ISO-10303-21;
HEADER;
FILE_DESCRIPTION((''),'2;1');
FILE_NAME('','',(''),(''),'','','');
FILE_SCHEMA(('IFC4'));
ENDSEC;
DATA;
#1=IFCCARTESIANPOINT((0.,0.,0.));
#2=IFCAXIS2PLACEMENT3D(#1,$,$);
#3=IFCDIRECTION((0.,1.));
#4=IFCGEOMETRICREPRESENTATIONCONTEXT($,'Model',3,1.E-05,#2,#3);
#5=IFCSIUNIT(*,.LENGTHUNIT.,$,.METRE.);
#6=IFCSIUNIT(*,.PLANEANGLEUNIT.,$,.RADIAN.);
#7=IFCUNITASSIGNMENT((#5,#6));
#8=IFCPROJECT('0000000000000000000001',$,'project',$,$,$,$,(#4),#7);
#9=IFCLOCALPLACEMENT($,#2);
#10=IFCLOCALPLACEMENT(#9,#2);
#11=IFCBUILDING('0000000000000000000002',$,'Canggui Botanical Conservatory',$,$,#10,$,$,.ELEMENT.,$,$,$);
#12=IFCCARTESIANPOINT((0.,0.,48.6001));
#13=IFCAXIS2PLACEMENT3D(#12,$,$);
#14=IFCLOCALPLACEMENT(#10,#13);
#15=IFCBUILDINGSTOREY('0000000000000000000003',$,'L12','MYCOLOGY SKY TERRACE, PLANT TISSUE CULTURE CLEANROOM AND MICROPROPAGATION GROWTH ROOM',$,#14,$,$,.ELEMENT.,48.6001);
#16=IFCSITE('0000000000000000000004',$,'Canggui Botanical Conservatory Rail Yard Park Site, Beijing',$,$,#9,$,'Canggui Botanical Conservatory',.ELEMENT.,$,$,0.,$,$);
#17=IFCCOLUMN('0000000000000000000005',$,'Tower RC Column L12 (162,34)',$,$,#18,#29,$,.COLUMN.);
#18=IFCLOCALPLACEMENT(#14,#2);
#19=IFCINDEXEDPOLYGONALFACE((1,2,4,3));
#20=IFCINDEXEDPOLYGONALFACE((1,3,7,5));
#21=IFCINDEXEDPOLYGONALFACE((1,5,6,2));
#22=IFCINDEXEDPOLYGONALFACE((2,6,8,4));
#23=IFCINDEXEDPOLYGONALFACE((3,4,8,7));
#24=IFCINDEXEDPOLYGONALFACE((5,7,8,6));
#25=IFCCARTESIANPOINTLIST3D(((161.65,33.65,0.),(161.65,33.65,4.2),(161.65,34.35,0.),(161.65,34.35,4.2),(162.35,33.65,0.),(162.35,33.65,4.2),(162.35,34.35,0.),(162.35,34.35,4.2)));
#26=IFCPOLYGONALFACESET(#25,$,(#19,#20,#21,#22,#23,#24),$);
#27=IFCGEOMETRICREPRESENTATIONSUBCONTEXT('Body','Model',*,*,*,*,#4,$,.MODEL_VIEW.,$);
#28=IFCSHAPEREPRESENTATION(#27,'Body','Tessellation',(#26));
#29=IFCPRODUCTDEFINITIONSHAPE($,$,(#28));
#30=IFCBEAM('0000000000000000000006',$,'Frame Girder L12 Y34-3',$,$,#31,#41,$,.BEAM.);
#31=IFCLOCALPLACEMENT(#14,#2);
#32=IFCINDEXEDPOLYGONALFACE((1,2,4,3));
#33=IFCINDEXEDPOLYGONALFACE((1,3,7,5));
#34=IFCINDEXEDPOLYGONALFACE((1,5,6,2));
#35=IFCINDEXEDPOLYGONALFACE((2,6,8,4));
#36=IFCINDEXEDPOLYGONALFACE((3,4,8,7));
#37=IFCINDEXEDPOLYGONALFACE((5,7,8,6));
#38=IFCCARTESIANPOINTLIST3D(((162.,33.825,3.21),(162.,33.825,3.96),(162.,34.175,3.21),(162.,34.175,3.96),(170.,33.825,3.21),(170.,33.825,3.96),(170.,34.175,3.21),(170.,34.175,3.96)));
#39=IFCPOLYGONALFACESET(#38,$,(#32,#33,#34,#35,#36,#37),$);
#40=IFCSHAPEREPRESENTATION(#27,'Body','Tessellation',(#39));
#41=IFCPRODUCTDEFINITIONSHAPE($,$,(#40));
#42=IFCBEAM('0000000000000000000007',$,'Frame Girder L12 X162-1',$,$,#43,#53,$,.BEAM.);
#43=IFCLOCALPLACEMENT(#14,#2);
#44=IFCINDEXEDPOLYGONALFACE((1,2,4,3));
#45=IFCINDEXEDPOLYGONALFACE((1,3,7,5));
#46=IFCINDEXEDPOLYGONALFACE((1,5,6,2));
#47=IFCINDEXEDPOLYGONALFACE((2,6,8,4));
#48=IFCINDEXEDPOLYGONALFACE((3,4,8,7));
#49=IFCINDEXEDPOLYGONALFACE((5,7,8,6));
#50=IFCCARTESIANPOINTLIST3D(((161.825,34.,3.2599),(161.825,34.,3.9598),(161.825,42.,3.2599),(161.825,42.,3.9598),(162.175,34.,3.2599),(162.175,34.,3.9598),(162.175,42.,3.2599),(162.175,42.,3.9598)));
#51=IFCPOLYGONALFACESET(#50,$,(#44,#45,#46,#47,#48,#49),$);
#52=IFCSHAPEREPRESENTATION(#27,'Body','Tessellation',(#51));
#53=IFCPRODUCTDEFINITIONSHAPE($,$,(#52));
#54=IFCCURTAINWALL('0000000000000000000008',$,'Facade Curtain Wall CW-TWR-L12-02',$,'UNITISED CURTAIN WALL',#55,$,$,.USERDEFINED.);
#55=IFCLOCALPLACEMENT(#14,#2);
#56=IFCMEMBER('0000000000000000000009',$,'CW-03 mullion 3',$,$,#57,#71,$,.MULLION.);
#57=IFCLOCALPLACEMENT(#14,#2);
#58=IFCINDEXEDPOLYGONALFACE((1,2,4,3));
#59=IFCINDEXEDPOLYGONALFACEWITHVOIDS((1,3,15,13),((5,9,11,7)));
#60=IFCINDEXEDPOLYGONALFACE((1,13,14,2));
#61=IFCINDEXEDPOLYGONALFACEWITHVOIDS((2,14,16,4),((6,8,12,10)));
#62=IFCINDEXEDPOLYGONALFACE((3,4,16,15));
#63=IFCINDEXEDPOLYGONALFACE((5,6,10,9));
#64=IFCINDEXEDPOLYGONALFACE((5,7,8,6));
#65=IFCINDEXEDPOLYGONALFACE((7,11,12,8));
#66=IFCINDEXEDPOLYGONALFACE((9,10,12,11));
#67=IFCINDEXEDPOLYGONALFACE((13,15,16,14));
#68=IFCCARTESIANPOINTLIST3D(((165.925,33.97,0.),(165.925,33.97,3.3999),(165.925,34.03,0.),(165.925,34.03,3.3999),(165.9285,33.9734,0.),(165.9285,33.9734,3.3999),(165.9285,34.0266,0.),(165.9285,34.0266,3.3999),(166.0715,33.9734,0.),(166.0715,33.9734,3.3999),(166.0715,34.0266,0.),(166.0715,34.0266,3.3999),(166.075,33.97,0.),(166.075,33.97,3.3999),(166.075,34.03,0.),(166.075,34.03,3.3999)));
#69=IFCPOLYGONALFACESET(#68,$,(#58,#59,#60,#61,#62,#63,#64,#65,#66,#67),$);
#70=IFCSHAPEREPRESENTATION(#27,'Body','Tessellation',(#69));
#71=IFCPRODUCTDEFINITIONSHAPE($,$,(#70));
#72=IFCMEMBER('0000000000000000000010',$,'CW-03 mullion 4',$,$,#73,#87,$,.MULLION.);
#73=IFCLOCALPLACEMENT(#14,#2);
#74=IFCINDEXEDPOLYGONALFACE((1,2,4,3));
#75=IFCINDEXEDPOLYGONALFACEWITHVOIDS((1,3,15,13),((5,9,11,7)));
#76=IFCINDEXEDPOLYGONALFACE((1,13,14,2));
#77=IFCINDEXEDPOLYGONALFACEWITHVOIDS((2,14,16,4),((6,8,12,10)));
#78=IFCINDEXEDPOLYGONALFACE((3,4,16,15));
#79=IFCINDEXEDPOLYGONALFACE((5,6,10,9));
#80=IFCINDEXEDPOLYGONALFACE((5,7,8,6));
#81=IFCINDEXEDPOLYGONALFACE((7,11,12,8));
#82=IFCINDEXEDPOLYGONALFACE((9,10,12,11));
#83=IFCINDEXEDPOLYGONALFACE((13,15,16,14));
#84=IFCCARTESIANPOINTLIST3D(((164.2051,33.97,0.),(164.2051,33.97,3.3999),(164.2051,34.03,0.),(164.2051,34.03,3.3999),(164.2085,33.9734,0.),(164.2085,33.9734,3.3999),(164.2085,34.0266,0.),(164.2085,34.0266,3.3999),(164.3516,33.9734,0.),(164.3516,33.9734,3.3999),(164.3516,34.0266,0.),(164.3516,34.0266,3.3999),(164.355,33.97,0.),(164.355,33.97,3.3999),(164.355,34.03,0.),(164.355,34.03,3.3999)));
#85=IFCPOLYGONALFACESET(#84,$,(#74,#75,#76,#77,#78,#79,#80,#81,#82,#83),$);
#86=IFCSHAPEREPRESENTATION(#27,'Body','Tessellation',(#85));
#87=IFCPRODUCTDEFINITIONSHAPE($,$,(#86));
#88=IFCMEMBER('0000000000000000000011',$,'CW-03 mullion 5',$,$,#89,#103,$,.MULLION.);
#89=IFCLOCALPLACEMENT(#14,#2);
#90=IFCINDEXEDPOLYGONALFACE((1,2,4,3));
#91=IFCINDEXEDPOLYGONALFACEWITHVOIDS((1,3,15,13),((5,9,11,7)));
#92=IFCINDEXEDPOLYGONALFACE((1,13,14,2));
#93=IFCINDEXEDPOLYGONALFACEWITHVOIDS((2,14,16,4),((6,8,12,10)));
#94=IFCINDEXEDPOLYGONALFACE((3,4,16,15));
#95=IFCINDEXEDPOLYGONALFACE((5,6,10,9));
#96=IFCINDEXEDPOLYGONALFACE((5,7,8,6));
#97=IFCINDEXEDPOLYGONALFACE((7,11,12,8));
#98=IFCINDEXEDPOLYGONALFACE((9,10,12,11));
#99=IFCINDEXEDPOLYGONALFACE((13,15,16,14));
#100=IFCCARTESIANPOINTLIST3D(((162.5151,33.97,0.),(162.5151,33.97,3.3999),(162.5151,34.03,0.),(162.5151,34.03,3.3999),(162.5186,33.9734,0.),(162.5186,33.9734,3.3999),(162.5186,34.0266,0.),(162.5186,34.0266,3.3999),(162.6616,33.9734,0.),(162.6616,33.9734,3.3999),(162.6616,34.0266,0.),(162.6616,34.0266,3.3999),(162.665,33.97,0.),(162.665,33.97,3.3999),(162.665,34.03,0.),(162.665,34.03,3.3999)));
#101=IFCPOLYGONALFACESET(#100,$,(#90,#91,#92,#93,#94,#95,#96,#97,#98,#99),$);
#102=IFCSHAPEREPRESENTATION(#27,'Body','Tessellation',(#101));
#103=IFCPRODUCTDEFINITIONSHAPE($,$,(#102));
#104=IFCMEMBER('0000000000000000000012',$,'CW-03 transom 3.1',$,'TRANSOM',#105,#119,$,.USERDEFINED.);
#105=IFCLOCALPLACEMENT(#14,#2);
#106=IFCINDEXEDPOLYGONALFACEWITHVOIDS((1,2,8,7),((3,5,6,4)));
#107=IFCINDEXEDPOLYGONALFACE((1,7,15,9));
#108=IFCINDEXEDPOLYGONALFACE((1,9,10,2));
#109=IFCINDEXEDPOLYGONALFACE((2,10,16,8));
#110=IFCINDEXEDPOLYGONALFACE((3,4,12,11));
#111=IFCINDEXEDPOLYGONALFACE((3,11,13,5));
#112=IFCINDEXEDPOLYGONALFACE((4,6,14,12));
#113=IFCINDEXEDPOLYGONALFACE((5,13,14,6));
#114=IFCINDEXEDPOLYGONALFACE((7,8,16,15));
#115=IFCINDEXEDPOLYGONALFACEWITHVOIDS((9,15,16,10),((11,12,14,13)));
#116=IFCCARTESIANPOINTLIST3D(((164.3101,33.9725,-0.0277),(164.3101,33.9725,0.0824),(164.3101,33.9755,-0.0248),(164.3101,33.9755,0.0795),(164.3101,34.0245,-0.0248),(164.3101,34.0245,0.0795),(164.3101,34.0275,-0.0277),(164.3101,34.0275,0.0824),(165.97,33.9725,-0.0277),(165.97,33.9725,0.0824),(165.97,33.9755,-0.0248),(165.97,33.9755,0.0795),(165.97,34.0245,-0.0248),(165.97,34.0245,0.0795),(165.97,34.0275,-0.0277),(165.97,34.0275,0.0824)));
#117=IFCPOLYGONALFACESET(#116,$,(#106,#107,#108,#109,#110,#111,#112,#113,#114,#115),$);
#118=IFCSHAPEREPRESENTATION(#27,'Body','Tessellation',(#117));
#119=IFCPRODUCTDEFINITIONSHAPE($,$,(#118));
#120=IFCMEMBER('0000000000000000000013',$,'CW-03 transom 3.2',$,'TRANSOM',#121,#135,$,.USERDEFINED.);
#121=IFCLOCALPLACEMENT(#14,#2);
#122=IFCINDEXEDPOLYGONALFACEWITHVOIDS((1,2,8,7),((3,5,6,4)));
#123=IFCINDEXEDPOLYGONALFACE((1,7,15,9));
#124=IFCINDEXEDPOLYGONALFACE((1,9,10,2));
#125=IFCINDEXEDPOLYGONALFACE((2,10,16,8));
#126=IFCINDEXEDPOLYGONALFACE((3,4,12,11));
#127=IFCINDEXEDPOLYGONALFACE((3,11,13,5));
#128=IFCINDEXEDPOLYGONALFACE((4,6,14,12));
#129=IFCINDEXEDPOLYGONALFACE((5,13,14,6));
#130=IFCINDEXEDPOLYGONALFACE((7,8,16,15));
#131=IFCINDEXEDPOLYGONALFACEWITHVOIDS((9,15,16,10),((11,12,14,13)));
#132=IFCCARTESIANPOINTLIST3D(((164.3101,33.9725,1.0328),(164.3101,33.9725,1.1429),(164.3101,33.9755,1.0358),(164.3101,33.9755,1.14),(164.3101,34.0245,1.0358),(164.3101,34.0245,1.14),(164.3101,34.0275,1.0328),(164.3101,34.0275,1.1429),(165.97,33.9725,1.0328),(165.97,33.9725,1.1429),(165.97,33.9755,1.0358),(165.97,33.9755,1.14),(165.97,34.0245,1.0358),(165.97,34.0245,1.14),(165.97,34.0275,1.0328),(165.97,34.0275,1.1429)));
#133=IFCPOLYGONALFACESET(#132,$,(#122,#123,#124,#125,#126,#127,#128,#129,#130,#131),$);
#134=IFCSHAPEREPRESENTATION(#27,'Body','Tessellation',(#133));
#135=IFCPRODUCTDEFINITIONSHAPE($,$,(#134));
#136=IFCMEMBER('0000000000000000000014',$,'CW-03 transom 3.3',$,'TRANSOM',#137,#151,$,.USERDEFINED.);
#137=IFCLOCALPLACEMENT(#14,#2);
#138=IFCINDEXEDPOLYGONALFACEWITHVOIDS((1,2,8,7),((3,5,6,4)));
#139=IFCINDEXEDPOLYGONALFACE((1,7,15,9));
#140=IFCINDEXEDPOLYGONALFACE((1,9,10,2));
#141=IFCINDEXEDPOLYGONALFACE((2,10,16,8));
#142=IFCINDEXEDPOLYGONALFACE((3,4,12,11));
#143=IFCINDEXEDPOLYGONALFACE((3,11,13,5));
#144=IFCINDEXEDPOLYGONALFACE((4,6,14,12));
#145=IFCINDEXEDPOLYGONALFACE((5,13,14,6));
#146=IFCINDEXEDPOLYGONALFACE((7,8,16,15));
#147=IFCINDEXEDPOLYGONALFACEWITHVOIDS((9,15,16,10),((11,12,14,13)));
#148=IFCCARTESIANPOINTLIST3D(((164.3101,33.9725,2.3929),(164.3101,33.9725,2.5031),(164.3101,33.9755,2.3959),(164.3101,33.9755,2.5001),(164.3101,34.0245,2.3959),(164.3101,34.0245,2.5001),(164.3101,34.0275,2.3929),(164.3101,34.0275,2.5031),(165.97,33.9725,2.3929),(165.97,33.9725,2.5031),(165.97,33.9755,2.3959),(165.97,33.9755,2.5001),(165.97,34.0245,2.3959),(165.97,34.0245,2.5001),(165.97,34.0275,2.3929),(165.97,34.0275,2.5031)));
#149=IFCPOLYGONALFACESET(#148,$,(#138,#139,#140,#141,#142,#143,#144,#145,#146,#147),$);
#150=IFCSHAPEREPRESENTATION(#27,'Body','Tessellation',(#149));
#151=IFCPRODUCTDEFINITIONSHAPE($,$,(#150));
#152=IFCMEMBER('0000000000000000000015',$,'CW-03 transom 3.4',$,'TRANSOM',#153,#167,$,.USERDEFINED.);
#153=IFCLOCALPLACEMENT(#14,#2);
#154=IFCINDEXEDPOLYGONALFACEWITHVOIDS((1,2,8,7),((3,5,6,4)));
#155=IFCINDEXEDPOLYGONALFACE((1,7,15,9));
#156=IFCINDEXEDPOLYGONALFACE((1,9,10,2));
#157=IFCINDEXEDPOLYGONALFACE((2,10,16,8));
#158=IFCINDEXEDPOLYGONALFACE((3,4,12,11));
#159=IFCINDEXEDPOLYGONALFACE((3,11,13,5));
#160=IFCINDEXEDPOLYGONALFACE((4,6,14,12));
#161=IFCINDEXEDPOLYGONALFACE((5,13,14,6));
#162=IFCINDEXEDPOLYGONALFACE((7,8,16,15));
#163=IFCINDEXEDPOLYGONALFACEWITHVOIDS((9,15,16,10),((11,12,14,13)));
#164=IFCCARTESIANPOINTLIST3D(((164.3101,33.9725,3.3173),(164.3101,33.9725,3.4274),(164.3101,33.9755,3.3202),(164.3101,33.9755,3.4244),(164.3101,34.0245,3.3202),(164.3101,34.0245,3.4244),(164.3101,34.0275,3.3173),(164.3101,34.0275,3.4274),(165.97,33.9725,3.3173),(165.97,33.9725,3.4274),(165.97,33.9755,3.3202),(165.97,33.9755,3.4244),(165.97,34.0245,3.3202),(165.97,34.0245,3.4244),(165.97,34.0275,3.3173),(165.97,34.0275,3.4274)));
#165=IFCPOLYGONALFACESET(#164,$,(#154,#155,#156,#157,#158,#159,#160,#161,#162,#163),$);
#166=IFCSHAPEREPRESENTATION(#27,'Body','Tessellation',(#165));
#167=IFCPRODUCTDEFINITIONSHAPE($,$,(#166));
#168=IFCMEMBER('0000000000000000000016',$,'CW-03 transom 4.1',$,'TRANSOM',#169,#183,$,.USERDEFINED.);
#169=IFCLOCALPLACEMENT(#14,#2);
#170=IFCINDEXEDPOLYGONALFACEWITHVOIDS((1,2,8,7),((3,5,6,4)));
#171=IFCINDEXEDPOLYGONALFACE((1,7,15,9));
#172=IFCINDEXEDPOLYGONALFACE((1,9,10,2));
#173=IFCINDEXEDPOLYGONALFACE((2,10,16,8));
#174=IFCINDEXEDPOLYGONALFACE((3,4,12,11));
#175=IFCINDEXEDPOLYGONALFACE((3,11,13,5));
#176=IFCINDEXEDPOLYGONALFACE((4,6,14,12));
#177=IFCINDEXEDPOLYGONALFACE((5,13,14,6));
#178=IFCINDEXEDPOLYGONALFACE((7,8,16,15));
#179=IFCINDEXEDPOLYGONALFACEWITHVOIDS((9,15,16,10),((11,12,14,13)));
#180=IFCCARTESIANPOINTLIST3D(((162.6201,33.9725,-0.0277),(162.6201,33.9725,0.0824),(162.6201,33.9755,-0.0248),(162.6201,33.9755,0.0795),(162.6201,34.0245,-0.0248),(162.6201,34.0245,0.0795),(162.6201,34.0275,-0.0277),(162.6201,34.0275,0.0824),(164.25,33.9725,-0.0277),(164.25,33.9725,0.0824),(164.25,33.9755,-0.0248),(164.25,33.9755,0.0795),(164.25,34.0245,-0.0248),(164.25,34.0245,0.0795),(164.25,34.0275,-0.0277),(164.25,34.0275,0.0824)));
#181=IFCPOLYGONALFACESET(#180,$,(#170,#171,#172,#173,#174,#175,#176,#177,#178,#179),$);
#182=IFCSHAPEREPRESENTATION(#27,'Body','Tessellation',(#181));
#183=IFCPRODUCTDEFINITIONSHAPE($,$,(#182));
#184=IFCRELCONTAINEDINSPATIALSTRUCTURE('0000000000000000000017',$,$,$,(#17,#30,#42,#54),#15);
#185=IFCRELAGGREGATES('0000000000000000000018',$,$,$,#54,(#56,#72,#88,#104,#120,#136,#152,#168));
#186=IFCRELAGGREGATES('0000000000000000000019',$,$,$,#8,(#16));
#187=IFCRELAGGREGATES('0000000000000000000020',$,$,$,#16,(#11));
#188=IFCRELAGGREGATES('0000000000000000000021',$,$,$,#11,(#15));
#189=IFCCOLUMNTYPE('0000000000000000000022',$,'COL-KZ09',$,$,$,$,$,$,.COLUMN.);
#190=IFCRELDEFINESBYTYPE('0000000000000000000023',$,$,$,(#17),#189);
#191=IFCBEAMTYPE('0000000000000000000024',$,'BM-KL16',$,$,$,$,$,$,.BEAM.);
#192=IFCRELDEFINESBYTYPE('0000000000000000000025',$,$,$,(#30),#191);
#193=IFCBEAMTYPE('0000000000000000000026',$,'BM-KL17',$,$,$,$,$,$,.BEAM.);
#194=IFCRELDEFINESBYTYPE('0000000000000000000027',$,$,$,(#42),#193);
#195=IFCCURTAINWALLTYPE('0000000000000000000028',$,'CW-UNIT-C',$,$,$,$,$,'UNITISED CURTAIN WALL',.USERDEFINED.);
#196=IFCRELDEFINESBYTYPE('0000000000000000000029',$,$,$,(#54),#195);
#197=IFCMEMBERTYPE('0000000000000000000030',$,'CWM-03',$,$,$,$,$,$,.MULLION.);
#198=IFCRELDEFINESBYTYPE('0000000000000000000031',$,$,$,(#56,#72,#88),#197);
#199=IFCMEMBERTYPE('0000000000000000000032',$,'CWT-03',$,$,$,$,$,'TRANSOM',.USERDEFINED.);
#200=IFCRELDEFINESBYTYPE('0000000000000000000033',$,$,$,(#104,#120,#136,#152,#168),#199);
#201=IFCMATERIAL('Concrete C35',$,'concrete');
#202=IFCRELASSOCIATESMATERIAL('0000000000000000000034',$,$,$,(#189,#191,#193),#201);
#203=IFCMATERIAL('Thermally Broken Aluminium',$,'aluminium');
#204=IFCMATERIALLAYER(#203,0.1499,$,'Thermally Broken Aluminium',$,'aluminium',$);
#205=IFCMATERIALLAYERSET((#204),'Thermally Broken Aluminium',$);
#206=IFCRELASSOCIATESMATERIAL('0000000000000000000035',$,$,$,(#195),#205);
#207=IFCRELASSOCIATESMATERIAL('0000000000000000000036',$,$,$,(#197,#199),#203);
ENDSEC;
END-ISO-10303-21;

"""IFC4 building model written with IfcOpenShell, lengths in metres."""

from ifc_helpers import new_model, si_unit, direction, frame, origin, origin_2d, place, context, subcontext, project, spatial, rectangle, hollow_rectangle, extrude, material, layer, layer_set, material_profile, profile_set, type_object, element, aggregate, save


model = new_model("IFC4")

# Units and contexts
model_context = context("Model", 3, precision=1e-05, world=origin(), true_north=direction((0.0, 1.0)))
body_context = subcontext(model_context, "Body", "Model", "MODEL_VIEW")
ifc_project = project(units=[si_unit("LENGTHUNIT", "METRE"), si_unit("PLANEANGLEUNIT", "RADIAN")], contexts=[model_context])

# Site, building, storey
site_placement = place(None, origin())
site = spatial("IfcSite", under=ifc_project, at=site_placement, Name="Canggui Botanical Conservatory Rail Yard Park Site, Beijing", LongName="Canggui Botanical Conservatory", CompositionType="ELEMENT", RefElevation=0.0)
building_placement = place(site_placement, origin())
building = spatial("IfcBuilding", under=site, at=building_placement, Name="Canggui Botanical Conservatory", CompositionType="ELEMENT")
storey_placement = place(building_placement, frame((0.0, 0.0, 48.6001)))
storey = spatial("IfcBuildingStorey", under=building, at=storey_placement, Name="L12", Description="MYCOLOGY SKY TERRACE, PLANT TISSUE CULTURE CLEANROOM AND MICROPROPAGATION GROWTH ROOM", CompositionType="ELEMENT", Elevation=48.6001)

# Column
ifc_material_1 = material(Name="Concrete C35", Category="concrete")
ifc_material_profile_1 = material_profile(ifc_material_1, rectangle(XDim=0.7, YDim=0.7, at=origin_2d()), Name="RC 700x700")
ifc_profile_set_1 = profile_set([ifc_material_profile_1], Name="Concrete C35")
column_type = type_object("IfcColumnType", Name="COL-KZ09", PredefinedType="COLUMN", material=ifc_profile_set_1)
column_placement = place(storey_placement, frame((162.0, 34.0, 0.0), z_axis=(0.0, 0.0, 1.0), x_axis=(1.0, 0.0, 0.0)))
element("IfcColumn", 1, at=column_placement, inside=storey, type_object=column_type, Name="Tower RC Column L12 (162,34)", PredefinedType="COLUMN", context=body_context, shape_type="SweptSolid", body=[
    extrude(rectangle(XDim=0.7, YDim=0.7, at=origin_2d()), origin(), (0.0, 0.0, 1.0), 4.2),
])

# Beams
ifc_material_profile_2 = material_profile(ifc_material_1, rectangle(XDim=0.3501, YDim=0.75, at=origin_2d()), Name="RB 350x750")
ifc_profile_set_2 = profile_set([ifc_material_profile_2], Name="Concrete C35")
beam_type_1 = type_object("IfcBeamType", Name="BM-KL16", PredefinedType="BEAM", material=ifc_profile_set_2)
beam_1_placement = place(storey_placement, frame((162.0, 34.0, 3.585), z_axis=(1.0, 0.0, 0.0), x_axis=(0.0, 1.0, 0.0)))
element("IfcBeam", 2, at=beam_1_placement, inside=storey, type_object=beam_type_1, Name="Frame Girder L12 Y34-3", PredefinedType="BEAM", context=body_context, shape_type="SweptSolid", body=[
    extrude(rectangle(XDim=0.3501, YDim=0.75, at=origin_2d()), origin(), (0.0, 0.0, 1.0), 8.0),
])
ifc_material_profile_3 = material_profile(ifc_material_1, rectangle(XDim=0.3501, YDim=0.7, at=origin_2d()), Name="RB 350x700")
ifc_profile_set_3 = profile_set([ifc_material_profile_3], Name="Concrete C35")
beam_type_2 = type_object("IfcBeamType", Name="BM-KL17", PredefinedType="BEAM", material=ifc_profile_set_3)
beam_2_placement = place(storey_placement, frame((162.0, 34.0, 3.6099), z_axis=(0.0, 1.0, 0.0), x_axis=(-1.0, 0.0, 0.0)))
element("IfcBeam", 3, at=beam_2_placement, inside=storey, type_object=beam_type_2, Name="Frame Girder L12 X162-1", PredefinedType="BEAM", context=body_context, shape_type="SweptSolid", body=[
    extrude(rectangle(XDim=0.3501, YDim=0.7, at=origin_2d()), origin(), (0.0, 0.0, 1.0), 8.0),
])

# Curtain wall, members
ifc_material_2 = material(Name="Thermally Broken Aluminium", Category="aluminium")
ifc_layer_1 = layer(ifc_material_2, 0.1499, Name="Thermally Broken Aluminium", Category="aluminium")
ifc_layer_set_1 = layer_set([ifc_layer_1], Name="Thermally Broken Aluminium")
curtain_wall_type = type_object("IfcCurtainWallType", Name="CW-UNIT-C", ElementType="UNITISED CURTAIN WALL", PredefinedType="USERDEFINED", material=ifc_layer_set_1)
curtain_wall_placement = place(storey_placement, origin())
curtain_wall = element("IfcCurtainWall", 4, at=curtain_wall_placement, inside=storey, type_object=curtain_wall_type, Name="Facade Curtain Wall CW-TWR-L12-02", ObjectType="UNITISED CURTAIN WALL", PredefinedType="USERDEFINED")
ifc_material_profile_4 = material_profile(ifc_material_2, hollow_rectangle(XDim=0.0601, YDim=0.1499, WallThickness=0.0034, at=origin_2d()), Name="CWM 60x150x3.5")
ifc_profile_set_4 = profile_set([ifc_material_profile_4], Name="Thermally Broken Aluminium")
member_type_1 = type_object("IfcMemberType", Name="CWM-03", PredefinedType="MULLION", material=ifc_profile_set_4)
member_1_placement = place(storey_placement, frame((166.0, 34.0, 0.0), z_axis=(0.0, 0.0, 1.0), x_axis=(0.0, -1.0, 0.0)))
member_1 = element("IfcMember", 5, at=member_1_placement, type_object=member_type_1, Name="CW-03 mullion 3", PredefinedType="MULLION", context=body_context, shape_type="SweptSolid", body=[
    extrude(hollow_rectangle(XDim=0.0601, YDim=0.1499, WallThickness=0.0034, at=origin_2d()), origin(), (0.0, 0.0, 1.0), 3.3999),
])
member_2_placement = place(storey_placement, frame((164.28, 34.0, 0.0), z_axis=(0.0, 0.0, 1.0), x_axis=(0.0, -1.0, 0.0)))
member_2 = element("IfcMember", 6, at=member_2_placement, type_object=member_type_1, Name="CW-03 mullion 4", PredefinedType="MULLION", context=body_context, shape_type="SweptSolid", body=[
    extrude(hollow_rectangle(XDim=0.0601, YDim=0.1499, WallThickness=0.0034, at=origin_2d()), origin(), (0.0, 0.0, 1.0), 3.3999),
])
member_3_placement = place(storey_placement, frame((162.5901, 34.0, 0.0), z_axis=(0.0, 0.0, 1.0), x_axis=(0.0, -1.0, 0.0)))
member_3 = element("IfcMember", 7, at=member_3_placement, type_object=member_type_1, Name="CW-03 mullion 5", PredefinedType="MULLION", context=body_context, shape_type="SweptSolid", body=[
    extrude(hollow_rectangle(XDim=0.0601, YDim=0.1499, WallThickness=0.0034, at=origin_2d()), origin(), (0.0, 0.0, 1.0), 3.3999),
])
ifc_material_profile_5 = material_profile(ifc_material_2, hollow_rectangle(XDim=0.0549, YDim=0.1101, WallThickness=0.0029, at=origin_2d()), Name="CWT 55x110x3")
ifc_profile_set_5 = profile_set([ifc_material_profile_5], Name="Thermally Broken Aluminium")
member_type_2 = type_object("IfcMemberType", Name="CWT-03", ElementType="TRANSOM", PredefinedType="USERDEFINED", material=ifc_profile_set_5)
member_4_placement = place(storey_placement, frame((165.97, 34.0, 0.0273), z_axis=(-1.0, 0.0, 0.0), x_axis=(0.0, -1.0, 0.0)))
member_4 = element("IfcMember", 8, at=member_4_placement, type_object=member_type_2, Name="CW-03 transom 3.1", ObjectType="TRANSOM", PredefinedType="USERDEFINED", context=body_context, shape_type="SweptSolid", body=[
    extrude(hollow_rectangle(XDim=0.0549, YDim=0.1101, WallThickness=0.0029, at=origin_2d()), origin(), (0.0, 0.0, 1.0), 1.6599),
])
member_5_placement = place(storey_placement, frame((165.97, 34.0, 1.0879), z_axis=(-1.0, 0.0, 0.0), x_axis=(0.0, -1.0, 0.0)))
member_5 = element("IfcMember", 9, at=member_5_placement, type_object=member_type_2, Name="CW-03 transom 3.2", ObjectType="TRANSOM", PredefinedType="USERDEFINED", context=body_context, shape_type="SweptSolid", body=[
    extrude(hollow_rectangle(XDim=0.0549, YDim=0.1101, WallThickness=0.0029, at=origin_2d()), origin(), (0.0, 0.0, 1.0), 1.6599),
])
member_6_placement = place(storey_placement, frame((165.97, 34.0, 2.448), z_axis=(-1.0, 0.0, 0.0), x_axis=(0.0, -1.0, 0.0)))
member_6 = element("IfcMember", 10, at=member_6_placement, type_object=member_type_2, Name="CW-03 transom 3.3", ObjectType="TRANSOM", PredefinedType="USERDEFINED", context=body_context, shape_type="SweptSolid", body=[
    extrude(hollow_rectangle(XDim=0.0549, YDim=0.1101, WallThickness=0.0029, at=origin_2d()), origin(), (0.0, 0.0, 1.0), 1.6599),
])
member_7_placement = place(storey_placement, frame((165.97, 34.0, 3.3723), z_axis=(-1.0, 0.0, 0.0), x_axis=(0.0, -1.0, 0.0)))
member_7 = element("IfcMember", 11, at=member_7_placement, type_object=member_type_2, Name="CW-03 transom 3.4", ObjectType="TRANSOM", PredefinedType="USERDEFINED", context=body_context, shape_type="SweptSolid", body=[
    extrude(hollow_rectangle(XDim=0.0549, YDim=0.1101, WallThickness=0.0029, at=origin_2d()), origin(), (0.0, 0.0, 1.0), 1.6599),
])
member_8_placement = place(storey_placement, frame((164.25, 34.0, 0.0273), z_axis=(-1.0, 0.0, 0.0), x_axis=(0.0, -1.0, 0.0)))
member_8 = element("IfcMember", 12, at=member_8_placement, type_object=member_type_2, Name="CW-03 transom 4.1", ObjectType="TRANSOM", PredefinedType="USERDEFINED", context=body_context, shape_type="SweptSolid", body=[
    extrude(hollow_rectangle(XDim=0.0549, YDim=0.1101, WallThickness=0.0029, at=origin_2d()), origin(), (0.0, 0.0, 1.0), 1.6299),
])
aggregate(curtain_wall, [member_1, member_2, member_3, member_4, member_5, member_6, member_7, member_8])

save(model, "model.ifc")
